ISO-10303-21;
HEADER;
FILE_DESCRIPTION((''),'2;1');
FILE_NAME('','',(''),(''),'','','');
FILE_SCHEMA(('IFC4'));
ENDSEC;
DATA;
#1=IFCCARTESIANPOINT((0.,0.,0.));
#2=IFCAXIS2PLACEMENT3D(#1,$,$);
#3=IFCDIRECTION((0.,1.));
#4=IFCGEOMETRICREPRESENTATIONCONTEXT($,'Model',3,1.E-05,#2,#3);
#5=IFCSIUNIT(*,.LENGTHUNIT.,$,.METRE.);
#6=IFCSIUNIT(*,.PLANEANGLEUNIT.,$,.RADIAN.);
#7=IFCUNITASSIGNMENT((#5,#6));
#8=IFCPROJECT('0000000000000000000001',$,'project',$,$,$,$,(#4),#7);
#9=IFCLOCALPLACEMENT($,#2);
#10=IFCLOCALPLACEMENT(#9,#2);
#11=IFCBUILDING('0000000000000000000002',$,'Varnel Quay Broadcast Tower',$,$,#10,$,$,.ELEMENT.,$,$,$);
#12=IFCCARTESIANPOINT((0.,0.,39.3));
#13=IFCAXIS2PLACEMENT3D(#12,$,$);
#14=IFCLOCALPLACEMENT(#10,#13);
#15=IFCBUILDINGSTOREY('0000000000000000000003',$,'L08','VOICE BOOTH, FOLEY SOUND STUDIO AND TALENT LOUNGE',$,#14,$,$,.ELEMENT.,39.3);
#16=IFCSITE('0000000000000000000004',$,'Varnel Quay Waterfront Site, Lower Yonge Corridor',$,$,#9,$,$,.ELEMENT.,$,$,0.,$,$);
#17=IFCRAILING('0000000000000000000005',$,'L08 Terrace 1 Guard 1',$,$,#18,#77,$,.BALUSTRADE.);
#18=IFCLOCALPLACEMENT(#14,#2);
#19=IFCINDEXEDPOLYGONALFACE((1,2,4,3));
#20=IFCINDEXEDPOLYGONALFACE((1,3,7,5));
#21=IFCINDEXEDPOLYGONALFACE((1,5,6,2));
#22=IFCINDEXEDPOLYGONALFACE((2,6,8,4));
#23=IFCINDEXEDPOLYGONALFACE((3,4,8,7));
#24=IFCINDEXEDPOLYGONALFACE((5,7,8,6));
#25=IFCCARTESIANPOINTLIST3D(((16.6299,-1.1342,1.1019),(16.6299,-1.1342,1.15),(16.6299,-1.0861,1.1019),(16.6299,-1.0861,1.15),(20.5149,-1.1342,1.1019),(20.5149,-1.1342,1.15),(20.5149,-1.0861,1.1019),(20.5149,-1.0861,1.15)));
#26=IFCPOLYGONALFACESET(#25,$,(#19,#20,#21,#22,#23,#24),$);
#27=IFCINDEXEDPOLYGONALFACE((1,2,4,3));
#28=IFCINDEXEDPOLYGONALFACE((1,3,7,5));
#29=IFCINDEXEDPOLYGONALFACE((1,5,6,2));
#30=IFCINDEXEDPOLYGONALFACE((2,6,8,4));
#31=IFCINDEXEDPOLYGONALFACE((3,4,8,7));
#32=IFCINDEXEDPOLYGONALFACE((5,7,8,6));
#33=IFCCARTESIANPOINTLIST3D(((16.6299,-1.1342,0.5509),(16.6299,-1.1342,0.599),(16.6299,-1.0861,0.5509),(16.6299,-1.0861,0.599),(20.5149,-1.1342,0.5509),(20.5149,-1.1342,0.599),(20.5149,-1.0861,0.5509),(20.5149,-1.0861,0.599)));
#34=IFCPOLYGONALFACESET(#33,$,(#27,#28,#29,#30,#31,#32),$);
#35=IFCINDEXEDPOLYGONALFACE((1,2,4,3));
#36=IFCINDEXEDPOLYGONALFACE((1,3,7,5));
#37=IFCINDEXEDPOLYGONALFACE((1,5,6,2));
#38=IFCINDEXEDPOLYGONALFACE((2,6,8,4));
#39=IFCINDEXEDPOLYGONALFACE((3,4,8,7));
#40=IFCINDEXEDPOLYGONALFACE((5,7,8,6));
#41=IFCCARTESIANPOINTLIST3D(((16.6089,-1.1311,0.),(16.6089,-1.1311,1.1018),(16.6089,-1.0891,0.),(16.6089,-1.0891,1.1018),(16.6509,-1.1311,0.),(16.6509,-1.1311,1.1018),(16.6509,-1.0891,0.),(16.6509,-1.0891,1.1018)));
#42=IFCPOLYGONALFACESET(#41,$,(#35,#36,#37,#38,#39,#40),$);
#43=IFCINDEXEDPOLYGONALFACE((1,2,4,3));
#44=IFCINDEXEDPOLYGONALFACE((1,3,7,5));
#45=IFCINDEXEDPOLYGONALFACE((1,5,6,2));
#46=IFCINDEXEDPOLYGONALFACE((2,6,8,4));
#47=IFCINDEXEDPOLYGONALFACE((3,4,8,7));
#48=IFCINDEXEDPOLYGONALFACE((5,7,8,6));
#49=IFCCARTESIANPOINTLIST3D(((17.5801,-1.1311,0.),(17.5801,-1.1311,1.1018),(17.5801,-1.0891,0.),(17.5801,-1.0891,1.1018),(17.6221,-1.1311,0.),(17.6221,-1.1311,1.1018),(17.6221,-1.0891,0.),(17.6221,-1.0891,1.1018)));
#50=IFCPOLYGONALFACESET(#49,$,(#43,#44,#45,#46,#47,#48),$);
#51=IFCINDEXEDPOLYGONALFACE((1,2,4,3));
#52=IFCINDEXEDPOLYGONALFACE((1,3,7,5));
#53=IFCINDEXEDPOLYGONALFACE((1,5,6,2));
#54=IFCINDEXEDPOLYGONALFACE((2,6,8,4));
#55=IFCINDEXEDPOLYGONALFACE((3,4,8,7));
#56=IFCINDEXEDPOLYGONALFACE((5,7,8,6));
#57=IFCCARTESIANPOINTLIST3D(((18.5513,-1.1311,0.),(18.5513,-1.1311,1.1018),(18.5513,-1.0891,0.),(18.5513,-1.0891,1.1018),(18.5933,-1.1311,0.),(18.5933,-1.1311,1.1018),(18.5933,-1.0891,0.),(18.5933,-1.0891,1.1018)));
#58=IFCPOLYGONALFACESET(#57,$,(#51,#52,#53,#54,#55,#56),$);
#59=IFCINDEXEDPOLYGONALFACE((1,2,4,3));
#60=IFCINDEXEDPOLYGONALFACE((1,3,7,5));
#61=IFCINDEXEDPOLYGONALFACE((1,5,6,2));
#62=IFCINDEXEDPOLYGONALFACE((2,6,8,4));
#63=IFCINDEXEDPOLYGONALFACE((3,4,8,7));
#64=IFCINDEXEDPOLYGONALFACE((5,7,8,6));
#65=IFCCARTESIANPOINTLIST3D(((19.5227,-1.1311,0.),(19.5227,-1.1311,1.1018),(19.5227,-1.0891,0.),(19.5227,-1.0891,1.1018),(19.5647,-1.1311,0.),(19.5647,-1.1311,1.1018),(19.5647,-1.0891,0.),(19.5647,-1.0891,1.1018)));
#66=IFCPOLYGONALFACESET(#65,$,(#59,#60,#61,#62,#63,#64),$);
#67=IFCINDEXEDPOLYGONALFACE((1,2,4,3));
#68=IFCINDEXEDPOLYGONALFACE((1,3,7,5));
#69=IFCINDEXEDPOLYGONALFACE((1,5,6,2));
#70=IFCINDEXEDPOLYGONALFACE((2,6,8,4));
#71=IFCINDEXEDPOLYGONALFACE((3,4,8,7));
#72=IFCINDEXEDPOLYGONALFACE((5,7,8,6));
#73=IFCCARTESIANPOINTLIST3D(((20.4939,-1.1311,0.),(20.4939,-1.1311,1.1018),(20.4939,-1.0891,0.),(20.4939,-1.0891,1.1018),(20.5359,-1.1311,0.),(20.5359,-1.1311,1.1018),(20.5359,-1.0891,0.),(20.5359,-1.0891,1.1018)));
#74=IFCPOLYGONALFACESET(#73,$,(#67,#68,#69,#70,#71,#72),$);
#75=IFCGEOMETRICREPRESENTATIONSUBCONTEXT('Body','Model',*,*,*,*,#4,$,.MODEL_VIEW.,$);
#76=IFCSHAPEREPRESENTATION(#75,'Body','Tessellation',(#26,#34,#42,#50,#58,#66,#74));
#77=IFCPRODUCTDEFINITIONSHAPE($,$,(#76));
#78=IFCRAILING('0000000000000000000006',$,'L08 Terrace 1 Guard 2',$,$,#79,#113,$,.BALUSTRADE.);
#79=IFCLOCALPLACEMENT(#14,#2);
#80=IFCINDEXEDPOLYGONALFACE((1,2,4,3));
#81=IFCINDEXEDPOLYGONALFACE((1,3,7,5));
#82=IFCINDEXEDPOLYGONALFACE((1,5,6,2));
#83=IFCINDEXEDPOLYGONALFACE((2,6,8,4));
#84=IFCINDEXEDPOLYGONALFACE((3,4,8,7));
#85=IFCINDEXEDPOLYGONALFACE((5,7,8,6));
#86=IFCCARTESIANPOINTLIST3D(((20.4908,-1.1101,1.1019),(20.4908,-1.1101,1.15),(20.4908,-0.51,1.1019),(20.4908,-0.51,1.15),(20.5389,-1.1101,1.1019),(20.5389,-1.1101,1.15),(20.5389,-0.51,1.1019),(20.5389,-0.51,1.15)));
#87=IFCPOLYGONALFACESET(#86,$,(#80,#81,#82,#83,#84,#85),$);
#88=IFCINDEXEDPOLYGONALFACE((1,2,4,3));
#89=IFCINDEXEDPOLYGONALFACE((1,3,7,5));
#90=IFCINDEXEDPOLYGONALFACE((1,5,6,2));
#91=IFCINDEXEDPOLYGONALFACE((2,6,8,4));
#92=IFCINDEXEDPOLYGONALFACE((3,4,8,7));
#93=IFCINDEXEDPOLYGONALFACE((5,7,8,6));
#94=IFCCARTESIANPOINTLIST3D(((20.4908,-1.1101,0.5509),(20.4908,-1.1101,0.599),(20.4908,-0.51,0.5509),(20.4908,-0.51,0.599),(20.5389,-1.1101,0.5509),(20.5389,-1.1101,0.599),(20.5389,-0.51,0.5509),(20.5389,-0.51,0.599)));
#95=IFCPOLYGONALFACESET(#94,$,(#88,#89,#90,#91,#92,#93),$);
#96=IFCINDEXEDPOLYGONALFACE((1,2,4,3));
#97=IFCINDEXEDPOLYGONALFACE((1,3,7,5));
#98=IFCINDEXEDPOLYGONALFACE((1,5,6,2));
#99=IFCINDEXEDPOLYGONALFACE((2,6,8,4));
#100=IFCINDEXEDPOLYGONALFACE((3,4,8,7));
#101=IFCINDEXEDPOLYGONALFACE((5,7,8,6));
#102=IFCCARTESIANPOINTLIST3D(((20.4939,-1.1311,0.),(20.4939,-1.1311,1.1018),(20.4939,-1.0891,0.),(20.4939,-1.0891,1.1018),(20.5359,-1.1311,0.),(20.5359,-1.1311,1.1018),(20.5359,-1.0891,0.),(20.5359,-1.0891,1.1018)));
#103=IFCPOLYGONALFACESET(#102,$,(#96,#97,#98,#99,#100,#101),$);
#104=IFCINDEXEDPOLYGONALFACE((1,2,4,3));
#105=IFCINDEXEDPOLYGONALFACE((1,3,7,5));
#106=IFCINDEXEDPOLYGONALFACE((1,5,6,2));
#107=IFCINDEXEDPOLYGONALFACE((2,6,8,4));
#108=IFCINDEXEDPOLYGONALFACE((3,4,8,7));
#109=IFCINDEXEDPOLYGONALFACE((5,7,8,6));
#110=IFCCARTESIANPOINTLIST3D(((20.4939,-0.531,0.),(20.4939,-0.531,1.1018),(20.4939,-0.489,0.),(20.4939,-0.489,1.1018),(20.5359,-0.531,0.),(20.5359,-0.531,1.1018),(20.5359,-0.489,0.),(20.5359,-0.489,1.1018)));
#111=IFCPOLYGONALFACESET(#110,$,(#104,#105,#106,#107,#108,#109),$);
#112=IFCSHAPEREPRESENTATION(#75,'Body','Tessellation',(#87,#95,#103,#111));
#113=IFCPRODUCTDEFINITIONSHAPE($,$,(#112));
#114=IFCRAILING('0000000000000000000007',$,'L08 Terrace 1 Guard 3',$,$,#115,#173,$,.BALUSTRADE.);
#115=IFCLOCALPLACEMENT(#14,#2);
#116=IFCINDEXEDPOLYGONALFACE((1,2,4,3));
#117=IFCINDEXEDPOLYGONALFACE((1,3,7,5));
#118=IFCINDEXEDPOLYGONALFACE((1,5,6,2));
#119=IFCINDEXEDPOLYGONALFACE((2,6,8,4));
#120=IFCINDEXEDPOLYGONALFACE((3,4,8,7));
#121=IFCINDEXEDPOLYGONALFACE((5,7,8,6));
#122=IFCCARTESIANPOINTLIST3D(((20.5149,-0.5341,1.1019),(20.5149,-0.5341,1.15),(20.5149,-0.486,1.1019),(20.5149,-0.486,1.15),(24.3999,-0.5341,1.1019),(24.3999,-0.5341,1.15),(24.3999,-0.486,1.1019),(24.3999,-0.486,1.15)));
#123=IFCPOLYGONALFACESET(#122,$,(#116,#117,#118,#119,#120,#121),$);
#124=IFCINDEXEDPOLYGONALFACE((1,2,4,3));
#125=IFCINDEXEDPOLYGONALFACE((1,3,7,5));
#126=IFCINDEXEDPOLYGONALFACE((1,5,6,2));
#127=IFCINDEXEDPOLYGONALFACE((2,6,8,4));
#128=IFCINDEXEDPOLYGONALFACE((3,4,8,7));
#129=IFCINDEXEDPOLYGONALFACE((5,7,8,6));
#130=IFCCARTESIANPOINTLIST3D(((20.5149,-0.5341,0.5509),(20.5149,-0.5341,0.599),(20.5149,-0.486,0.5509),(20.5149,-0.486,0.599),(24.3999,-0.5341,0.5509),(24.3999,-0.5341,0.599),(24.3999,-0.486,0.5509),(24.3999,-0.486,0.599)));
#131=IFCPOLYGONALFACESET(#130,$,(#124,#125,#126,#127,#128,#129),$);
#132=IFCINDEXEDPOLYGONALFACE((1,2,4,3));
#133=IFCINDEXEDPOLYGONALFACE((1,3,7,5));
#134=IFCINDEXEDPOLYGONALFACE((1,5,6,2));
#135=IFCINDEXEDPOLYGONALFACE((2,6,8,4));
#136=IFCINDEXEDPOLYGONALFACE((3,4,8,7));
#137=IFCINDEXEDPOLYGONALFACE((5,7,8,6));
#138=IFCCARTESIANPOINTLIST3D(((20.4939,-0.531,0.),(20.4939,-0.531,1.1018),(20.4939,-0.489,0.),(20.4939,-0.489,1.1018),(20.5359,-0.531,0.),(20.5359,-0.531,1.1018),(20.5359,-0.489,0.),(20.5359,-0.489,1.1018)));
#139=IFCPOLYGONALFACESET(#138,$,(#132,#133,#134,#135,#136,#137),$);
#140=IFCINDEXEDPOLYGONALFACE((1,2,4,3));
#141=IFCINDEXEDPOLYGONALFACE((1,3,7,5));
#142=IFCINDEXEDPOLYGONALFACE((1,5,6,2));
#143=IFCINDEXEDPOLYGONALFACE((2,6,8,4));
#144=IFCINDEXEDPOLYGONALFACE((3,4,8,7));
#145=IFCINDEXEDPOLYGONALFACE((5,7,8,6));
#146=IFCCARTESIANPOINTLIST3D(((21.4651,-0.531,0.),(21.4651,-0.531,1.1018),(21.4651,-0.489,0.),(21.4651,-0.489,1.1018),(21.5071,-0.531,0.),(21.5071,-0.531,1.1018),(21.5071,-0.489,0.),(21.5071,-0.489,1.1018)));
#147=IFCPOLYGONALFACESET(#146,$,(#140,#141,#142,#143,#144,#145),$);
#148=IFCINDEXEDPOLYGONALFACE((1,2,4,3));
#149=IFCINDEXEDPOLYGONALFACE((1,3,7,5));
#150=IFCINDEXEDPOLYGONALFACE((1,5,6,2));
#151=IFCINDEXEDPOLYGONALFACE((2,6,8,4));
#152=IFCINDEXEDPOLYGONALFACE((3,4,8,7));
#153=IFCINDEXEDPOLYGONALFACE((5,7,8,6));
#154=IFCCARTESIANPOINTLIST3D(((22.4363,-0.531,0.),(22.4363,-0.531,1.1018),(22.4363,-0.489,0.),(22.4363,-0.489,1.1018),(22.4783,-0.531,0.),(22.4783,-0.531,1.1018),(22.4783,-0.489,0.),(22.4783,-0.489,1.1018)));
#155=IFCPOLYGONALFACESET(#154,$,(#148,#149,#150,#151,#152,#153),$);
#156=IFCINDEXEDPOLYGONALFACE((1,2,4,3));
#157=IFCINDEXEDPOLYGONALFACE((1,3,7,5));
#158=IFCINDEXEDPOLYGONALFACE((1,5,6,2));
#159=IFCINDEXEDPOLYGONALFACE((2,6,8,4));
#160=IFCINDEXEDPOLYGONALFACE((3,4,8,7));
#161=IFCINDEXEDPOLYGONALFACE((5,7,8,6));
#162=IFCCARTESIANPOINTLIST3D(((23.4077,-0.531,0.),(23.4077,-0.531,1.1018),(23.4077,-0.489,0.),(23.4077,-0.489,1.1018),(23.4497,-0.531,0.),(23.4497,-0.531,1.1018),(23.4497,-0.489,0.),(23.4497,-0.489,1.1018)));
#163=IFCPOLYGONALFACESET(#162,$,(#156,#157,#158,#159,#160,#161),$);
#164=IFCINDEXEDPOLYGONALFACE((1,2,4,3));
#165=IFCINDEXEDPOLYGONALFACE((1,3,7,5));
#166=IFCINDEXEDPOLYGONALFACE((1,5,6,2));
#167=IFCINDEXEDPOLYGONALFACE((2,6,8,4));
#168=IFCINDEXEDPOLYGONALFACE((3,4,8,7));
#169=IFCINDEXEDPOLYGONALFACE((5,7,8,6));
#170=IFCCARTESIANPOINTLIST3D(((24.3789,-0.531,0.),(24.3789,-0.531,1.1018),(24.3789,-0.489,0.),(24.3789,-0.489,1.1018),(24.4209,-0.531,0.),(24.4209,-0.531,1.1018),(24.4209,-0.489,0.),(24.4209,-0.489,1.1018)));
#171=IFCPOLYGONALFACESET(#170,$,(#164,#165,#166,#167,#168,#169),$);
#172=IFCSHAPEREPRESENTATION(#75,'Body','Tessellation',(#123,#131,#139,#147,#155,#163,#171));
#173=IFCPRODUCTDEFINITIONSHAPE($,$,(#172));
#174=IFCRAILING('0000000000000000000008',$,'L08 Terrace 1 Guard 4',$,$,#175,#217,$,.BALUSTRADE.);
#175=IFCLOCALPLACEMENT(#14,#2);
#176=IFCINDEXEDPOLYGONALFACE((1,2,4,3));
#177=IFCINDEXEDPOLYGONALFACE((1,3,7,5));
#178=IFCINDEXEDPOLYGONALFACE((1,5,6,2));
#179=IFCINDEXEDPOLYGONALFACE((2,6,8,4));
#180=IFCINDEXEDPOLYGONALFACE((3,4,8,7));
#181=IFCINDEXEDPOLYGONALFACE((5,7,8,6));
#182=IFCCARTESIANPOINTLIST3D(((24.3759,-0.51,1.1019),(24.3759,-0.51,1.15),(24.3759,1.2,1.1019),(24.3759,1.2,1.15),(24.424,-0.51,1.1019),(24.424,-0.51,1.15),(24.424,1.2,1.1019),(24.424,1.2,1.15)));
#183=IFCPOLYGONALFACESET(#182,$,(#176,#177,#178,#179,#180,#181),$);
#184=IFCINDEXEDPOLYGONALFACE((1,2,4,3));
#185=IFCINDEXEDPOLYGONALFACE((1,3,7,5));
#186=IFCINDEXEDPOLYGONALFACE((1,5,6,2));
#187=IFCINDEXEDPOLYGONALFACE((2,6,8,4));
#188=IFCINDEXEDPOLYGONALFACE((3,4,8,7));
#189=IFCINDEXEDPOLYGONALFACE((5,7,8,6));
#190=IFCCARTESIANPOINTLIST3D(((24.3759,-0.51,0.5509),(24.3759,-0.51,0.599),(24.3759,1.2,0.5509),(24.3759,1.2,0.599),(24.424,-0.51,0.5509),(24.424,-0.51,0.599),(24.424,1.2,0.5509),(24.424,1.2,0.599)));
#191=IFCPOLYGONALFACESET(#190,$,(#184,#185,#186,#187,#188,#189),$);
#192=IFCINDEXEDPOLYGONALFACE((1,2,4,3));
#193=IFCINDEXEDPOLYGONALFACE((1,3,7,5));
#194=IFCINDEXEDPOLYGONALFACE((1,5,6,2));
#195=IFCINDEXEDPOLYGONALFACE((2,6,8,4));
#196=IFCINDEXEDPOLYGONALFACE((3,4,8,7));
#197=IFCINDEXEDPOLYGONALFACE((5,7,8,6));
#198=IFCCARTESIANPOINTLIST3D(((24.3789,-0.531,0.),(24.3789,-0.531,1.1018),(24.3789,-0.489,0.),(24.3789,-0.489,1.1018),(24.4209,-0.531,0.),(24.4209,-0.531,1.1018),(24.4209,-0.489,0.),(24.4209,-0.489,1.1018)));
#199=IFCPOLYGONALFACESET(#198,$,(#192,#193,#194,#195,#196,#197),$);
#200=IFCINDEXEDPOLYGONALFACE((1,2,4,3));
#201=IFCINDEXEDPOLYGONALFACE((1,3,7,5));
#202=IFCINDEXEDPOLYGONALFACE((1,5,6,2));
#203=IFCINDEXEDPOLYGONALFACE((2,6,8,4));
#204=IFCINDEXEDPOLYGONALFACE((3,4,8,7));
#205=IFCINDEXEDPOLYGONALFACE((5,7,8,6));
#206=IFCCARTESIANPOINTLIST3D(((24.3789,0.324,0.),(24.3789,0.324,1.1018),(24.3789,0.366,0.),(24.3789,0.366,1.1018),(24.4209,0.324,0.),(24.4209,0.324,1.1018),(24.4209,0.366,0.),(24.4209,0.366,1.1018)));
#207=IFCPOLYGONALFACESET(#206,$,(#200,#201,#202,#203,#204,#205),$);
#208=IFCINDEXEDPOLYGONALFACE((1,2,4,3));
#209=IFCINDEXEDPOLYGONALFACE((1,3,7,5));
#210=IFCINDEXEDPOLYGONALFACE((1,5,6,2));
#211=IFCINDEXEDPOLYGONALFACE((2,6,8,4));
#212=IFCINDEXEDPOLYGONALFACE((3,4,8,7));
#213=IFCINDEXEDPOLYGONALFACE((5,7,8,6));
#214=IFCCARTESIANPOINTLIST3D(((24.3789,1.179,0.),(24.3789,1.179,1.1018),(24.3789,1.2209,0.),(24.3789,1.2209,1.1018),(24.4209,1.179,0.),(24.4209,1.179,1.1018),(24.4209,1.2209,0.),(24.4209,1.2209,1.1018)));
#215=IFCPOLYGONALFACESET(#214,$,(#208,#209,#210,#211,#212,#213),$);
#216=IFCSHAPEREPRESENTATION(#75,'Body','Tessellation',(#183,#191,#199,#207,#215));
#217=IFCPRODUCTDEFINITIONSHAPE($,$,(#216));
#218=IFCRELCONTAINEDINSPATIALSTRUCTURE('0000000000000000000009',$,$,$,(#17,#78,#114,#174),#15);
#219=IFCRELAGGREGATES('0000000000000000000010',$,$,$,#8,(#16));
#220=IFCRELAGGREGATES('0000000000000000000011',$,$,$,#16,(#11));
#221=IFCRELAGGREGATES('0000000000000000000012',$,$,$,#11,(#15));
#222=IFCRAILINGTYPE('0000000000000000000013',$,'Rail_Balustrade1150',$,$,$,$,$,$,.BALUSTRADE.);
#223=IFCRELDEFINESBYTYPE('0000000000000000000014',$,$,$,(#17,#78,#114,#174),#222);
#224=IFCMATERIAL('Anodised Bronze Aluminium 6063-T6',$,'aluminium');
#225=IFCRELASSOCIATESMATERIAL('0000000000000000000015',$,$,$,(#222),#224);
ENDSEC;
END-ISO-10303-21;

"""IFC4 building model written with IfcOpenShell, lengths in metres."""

from ifc_helpers import new_model, si_unit, direction, frame, origin, origin_2d, place, context, subcontext, project, spatial, rectangle, extrude, material, type_object, element, save


model = new_model("IFC4")

# Units and contexts
model_context = context("Model", 3, precision=1e-05, world=origin(), true_north=direction((0.0, 1.0)))
body_context = subcontext(model_context, "Body", "Model", "MODEL_VIEW")
ifc_project = project(units=[si_unit("LENGTHUNIT", "METRE"), si_unit("PLANEANGLEUNIT", "RADIAN")], contexts=[model_context])

# Site, building, storey
site_placement = place(None, origin())
site = spatial("IfcSite", under=ifc_project, at=site_placement, Name="Varnel Quay Waterfront Site, Lower Yonge Corridor", CompositionType="ELEMENT", RefElevation=0.0)
building_placement = place(site_placement, origin())
building = spatial("IfcBuilding", under=site, at=building_placement, Name="Varnel Quay Broadcast Tower", CompositionType="ELEMENT")
storey_placement = place(building_placement, frame((0.0, 0.0, 39.3)))
storey = spatial("IfcBuildingStorey", under=building, at=storey_placement, Name="L08", Description="VOICE BOOTH, FOLEY SOUND STUDIO AND TALENT LOUNGE", CompositionType="ELEMENT", Elevation=39.3)

# Shared definitions
ifc_material_1 = material(Name="Anodised Bronze Aluminium 6063-T6", Category="aluminium")

# Railings
railing_type = type_object("IfcRailingType", Name="Rail_Balustrade1150", PredefinedType="BALUSTRADE", material=ifc_material_1)
railing_1_placement = place(storey_placement, frame((16.6299, -1.1101, 0.0)))
element("IfcRailing", 1, at=railing_1_placement, inside=storey, type_object=railing_type, Name="L08 Terrace 1 Guard 1", PredefinedType="BALUSTRADE", context=body_context, shape_type="SweptSolid", body=[
    extrude(rectangle(XDim=0.0481, YDim=0.0481, at=origin_2d()), frame((0.0, 0.0, 1.126), z_axis=(1.0, 0.0, 0.0), x_axis=(0.0, 1.0, 0.0)), (0.0, 0.0, 1.0), 3.885),
    extrude(rectangle(XDim=0.0481, YDim=0.0481, at=origin_2d()), frame((0.0, 0.0, 0.575), z_axis=(1.0, 0.0, 0.0), x_axis=(0.0, 1.0, 0.0)), (0.0, 0.0, 1.0), 3.885),
    extrude(rectangle(XDim=0.042, YDim=0.042, at=origin_2d()), origin(), (0.0, 0.0, 1.0), 1.1018),
    extrude(rectangle(XDim=0.042, YDim=0.042, at=origin_2d()), frame((0.9712, 0.0, 0.0)), (0.0, 0.0, 1.0), 1.1018),
    extrude(rectangle(XDim=0.042, YDim=0.042, at=origin_2d()), frame((1.9424, 0.0, 0.0)), (0.0, 0.0, 1.0), 1.1018),
    extrude(rectangle(XDim=0.042, YDim=0.042, at=origin_2d()), frame((2.9138, 0.0, 0.0)), (0.0, 0.0, 1.0), 1.1018),
    extrude(rectangle(XDim=0.042, YDim=0.042, at=origin_2d()), frame((3.885, 0.0, 0.0)), (0.0, 0.0, 1.0), 1.1018),
])
railing_2_placement = place(storey_placement, frame((20.5149, -1.1101, 0.0)))
element("IfcRailing", 2, at=railing_2_placement, inside=storey, type_object=railing_type, Name="L08 Terrace 1 Guard 2", PredefinedType="BALUSTRADE", context=body_context, shape_type="SweptSolid", body=[
    extrude(rectangle(XDim=0.0481, YDim=0.0481, at=origin_2d()), frame((0.0, 0.0, 1.126), z_axis=(0.0, 1.0, 0.0), x_axis=(-1.0, 0.0, 0.0)), (0.0, 0.0, 1.0), 0.6001),
    extrude(rectangle(XDim=0.0481, YDim=0.0481, at=origin_2d()), frame((0.0, 0.0, 0.575), z_axis=(0.0, 1.0, 0.0), x_axis=(-1.0, 0.0, 0.0)), (0.0, 0.0, 1.0), 0.6001),
    extrude(rectangle(XDim=0.042, YDim=0.042, at=origin_2d()), origin(), (0.0, 0.0, 1.0), 1.1018),
    extrude(rectangle(XDim=0.042, YDim=0.042, at=origin_2d()), frame((0.0, 0.6001, 0.0)), (0.0, 0.0, 1.0), 1.1018),
])
railing_3_placement = place(storey_placement, frame((20.5149, -0.51, 0.0)))
element("IfcRailing", 3, at=railing_3_placement, inside=storey, type_object=railing_type, Name="L08 Terrace 1 Guard 3", PredefinedType="BALUSTRADE", context=body_context, shape_type="SweptSolid", body=[
    extrude(rectangle(XDim=0.0481, YDim=0.0481, at=origin_2d()), frame((0.0, 0.0, 1.126), z_axis=(1.0, 0.0, 0.0), x_axis=(0.0, 1.0, 0.0)), (0.0, 0.0, 1.0), 3.885),
    extrude(rectangle(XDim=0.0481, YDim=0.0481, at=origin_2d()), frame((0.0, 0.0, 0.575), z_axis=(1.0, 0.0, 0.0), x_axis=(0.0, 1.0, 0.0)), (0.0, 0.0, 1.0), 3.885),
    extrude(rectangle(XDim=0.042, YDim=0.042, at=origin_2d()), origin(), (0.0, 0.0, 1.0), 1.1018),
    extrude(rectangle(XDim=0.042, YDim=0.042, at=origin_2d()), frame((0.9712, 0.0, 0.0)), (0.0, 0.0, 1.0), 1.1018),
    extrude(rectangle(XDim=0.042, YDim=0.042, at=origin_2d()), frame((1.9424, 0.0, 0.0)), (0.0, 0.0, 1.0), 1.1018),
    extrude(rectangle(XDim=0.042, YDim=0.042, at=origin_2d()), frame((2.9138, 0.0, 0.0)), (0.0, 0.0, 1.0), 1.1018),
    extrude(rectangle(XDim=0.042, YDim=0.042, at=origin_2d()), frame((3.885, 0.0, 0.0)), (0.0, 0.0, 1.0), 1.1018),
])
railing_4_placement = place(storey_placement, frame((24.3999, -0.51, 0.0)))
element("IfcRailing", 4, at=railing_4_placement, inside=storey, type_object=railing_type, Name="L08 Terrace 1 Guard 4", PredefinedType="BALUSTRADE", context=body_context, shape_type="SweptSolid", body=[
    extrude(rectangle(XDim=0.0481, YDim=0.0481, at=origin_2d()), frame((0.0, 0.0, 1.126), z_axis=(0.0, 1.0, 0.0), x_axis=(-1.0, 0.0, 0.0)), (0.0, 0.0, 1.0), 1.71),
    extrude(rectangle(XDim=0.0481, YDim=0.0481, at=origin_2d()), frame((0.0, 0.0, 0.575), z_axis=(0.0, 1.0, 0.0), x_axis=(-1.0, 0.0, 0.0)), (0.0, 0.0, 1.0), 1.71),
    extrude(rectangle(XDim=0.042, YDim=0.042, at=origin_2d()), origin(), (0.0, 0.0, 1.0), 1.1018),
    extrude(rectangle(XDim=0.042, YDim=0.042, at=origin_2d()), frame((0.0, 0.855, 0.0)), (0.0, 0.0, 1.0), 1.1018),
    extrude(rectangle(XDim=0.042, YDim=0.042, at=origin_2d()), frame((0.0, 1.71, 0.0)), (0.0, 0.0, 1.0), 1.1018),
])

save(model, "model.ifc")
